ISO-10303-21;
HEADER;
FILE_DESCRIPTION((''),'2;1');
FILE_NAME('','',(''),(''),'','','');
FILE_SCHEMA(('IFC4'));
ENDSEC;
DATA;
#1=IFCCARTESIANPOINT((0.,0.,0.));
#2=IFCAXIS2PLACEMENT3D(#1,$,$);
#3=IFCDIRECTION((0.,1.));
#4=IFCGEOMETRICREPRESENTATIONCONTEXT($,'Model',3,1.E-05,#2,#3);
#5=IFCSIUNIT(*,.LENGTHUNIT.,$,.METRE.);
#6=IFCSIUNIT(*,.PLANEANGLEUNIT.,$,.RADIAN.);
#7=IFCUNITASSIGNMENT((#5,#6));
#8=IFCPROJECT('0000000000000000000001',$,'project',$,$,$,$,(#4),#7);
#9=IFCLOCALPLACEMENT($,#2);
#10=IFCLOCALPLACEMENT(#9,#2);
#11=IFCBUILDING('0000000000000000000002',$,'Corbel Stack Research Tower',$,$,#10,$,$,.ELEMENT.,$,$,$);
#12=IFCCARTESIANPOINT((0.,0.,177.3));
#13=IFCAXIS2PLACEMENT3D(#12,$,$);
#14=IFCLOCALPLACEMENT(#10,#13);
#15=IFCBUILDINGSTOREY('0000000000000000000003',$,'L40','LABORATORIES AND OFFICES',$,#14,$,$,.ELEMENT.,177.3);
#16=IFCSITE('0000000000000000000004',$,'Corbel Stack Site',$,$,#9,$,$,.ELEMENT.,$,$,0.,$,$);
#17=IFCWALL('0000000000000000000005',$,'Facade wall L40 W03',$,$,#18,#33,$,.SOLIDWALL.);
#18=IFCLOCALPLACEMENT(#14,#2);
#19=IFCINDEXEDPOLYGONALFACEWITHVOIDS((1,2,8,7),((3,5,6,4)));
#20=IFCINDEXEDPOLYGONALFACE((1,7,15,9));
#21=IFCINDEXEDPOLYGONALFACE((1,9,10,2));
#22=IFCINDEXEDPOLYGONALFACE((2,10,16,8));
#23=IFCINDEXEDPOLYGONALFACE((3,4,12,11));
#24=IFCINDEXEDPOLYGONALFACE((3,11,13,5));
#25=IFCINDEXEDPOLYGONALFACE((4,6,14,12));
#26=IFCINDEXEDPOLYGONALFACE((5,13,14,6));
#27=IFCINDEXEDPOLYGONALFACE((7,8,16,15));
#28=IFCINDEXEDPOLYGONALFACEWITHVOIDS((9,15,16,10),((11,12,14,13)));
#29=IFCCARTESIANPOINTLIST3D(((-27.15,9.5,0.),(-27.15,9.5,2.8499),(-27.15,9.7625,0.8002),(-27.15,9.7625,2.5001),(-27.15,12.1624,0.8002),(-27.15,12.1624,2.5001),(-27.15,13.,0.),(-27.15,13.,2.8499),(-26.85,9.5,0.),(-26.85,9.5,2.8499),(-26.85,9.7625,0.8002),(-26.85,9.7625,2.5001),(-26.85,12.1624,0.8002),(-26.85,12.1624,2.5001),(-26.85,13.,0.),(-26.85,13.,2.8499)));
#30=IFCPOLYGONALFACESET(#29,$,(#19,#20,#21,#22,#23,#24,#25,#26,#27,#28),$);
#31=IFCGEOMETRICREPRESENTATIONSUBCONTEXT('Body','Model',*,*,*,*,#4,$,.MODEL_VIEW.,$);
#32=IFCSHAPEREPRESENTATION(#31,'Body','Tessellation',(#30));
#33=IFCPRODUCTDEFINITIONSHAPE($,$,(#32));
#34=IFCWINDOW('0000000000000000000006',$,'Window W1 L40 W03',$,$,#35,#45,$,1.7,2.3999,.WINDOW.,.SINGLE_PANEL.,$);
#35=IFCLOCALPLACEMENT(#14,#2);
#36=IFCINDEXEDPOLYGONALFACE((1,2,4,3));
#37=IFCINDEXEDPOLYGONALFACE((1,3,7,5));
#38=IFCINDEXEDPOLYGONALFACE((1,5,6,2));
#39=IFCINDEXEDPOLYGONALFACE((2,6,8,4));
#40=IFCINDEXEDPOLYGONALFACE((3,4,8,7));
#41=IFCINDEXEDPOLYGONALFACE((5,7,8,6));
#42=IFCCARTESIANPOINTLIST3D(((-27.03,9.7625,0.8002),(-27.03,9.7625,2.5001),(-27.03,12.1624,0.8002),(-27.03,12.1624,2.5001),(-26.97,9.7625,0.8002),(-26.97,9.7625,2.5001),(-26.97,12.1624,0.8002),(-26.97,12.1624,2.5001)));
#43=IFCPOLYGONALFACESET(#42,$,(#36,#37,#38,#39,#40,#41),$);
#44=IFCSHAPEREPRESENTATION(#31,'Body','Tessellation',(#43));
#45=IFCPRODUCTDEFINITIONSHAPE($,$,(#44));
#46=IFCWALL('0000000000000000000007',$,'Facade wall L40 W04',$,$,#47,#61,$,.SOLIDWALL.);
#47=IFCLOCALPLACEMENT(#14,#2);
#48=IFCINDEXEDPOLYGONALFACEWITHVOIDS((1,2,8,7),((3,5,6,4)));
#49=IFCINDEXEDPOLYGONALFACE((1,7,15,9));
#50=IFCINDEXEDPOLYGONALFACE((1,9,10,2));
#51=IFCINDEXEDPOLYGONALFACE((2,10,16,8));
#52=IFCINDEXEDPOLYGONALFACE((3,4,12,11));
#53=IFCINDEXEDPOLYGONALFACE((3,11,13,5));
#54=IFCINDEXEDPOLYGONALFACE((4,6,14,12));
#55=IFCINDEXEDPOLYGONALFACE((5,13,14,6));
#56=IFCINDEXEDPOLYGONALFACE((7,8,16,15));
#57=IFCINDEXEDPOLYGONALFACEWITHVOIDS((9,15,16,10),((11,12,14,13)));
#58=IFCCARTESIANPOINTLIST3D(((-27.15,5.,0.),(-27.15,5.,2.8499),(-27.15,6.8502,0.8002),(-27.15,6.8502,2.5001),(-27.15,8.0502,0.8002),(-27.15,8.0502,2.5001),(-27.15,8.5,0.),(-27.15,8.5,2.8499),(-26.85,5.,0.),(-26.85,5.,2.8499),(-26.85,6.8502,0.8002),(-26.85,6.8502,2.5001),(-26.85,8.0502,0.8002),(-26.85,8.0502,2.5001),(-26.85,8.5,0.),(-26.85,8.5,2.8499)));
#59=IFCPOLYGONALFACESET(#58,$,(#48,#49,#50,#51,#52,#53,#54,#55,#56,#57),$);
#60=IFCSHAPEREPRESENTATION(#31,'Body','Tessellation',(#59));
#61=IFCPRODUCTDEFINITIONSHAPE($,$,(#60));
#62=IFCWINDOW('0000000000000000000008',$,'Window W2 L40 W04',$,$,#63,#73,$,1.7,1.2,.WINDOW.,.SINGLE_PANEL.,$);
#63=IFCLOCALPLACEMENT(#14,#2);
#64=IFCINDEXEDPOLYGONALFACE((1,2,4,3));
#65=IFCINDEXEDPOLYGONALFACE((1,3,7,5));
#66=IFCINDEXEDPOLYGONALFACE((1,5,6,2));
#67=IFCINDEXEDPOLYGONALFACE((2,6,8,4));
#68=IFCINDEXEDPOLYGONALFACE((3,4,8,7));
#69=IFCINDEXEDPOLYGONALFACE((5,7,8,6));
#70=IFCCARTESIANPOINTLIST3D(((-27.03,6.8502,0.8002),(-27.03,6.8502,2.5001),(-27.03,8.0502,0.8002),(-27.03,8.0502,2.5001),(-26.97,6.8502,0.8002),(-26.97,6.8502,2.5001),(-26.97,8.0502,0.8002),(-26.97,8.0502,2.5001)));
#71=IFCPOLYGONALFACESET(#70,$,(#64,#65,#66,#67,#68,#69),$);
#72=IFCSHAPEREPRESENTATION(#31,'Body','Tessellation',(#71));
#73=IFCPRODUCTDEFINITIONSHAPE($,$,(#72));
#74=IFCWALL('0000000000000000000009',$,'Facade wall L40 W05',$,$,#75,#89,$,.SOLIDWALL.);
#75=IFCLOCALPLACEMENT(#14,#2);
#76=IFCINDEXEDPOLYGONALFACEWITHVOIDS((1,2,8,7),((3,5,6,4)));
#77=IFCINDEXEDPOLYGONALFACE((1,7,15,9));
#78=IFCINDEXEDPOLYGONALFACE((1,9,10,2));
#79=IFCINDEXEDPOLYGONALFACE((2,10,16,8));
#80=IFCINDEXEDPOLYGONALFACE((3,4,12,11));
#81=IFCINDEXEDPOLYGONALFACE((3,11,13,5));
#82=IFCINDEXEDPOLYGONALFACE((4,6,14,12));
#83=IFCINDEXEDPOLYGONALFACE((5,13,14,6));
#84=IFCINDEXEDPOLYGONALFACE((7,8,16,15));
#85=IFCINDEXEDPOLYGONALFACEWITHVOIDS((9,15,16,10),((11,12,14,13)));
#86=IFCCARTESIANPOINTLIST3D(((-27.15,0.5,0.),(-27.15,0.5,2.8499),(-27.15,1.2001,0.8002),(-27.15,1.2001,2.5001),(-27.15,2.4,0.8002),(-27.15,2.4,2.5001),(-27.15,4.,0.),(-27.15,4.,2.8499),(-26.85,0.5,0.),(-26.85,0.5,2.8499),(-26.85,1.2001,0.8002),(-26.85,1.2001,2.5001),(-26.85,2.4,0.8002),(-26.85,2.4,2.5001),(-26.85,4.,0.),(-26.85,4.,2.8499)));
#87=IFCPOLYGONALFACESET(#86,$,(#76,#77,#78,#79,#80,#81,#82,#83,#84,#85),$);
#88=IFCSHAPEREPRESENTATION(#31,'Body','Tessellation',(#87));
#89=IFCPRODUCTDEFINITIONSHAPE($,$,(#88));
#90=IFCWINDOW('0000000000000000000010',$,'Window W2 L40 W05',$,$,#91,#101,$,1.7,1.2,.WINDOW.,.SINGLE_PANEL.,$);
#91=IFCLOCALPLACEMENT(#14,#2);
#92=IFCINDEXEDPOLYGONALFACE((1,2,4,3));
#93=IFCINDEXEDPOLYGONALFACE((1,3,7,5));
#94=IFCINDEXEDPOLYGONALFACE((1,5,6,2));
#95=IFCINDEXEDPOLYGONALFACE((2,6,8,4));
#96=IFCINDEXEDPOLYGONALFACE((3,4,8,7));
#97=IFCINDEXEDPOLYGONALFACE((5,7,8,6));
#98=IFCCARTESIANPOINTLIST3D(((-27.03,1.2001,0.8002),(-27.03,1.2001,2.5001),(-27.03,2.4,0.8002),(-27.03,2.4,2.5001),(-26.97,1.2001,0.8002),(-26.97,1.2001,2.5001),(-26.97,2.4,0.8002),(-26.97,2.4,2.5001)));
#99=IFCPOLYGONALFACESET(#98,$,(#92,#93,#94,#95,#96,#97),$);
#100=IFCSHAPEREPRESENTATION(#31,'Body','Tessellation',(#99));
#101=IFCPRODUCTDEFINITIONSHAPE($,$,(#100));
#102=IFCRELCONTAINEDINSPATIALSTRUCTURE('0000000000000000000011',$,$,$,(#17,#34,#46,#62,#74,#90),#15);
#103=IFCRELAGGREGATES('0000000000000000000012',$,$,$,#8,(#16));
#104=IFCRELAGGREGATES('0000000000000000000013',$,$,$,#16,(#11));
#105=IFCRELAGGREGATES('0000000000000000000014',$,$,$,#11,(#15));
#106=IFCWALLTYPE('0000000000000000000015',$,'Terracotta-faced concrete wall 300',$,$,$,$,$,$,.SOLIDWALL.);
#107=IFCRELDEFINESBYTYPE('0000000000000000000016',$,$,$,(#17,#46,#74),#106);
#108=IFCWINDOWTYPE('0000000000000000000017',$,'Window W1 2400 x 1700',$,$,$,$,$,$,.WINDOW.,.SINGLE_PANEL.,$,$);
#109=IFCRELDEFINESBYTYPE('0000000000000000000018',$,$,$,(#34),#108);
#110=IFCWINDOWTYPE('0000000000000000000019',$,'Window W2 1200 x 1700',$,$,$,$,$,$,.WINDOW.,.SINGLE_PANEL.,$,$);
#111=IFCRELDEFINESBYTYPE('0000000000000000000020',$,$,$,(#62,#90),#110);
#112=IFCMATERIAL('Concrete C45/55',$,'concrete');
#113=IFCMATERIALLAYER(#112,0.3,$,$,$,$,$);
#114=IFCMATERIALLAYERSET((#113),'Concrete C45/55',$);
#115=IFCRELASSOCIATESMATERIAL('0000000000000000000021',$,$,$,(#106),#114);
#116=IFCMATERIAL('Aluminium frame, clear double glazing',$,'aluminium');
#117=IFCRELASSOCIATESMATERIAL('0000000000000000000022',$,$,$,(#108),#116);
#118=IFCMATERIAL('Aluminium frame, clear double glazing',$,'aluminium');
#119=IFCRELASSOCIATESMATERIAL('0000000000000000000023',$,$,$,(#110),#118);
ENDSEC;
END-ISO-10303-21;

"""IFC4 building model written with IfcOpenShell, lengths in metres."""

from ifc_helpers import new_model, si_unit, direction, frame, frame_2d, origin, place, context, subcontext, project, spatial, rectangle, extrude, material, layer, layer_set, type_object, element, fill, save


model = new_model("IFC4")

# Units and contexts
model_context = context("Model", 3, precision=1e-05, world=origin(), true_north=direction((0.0, 1.0)))
body_context = subcontext(model_context, "Body", "Model", "MODEL_VIEW")
ifc_project = project(units=[si_unit("LENGTHUNIT", "METRE"), si_unit("PLANEANGLEUNIT", "RADIAN")], contexts=[model_context])

# Site, building, storey
site_placement = place(None, origin())
site = spatial("IfcSite", under=ifc_project, at=site_placement, Name="Corbel Stack Site", CompositionType="ELEMENT", RefElevation=0.0)
building_placement = place(site_placement, origin())
building = spatial("IfcBuilding", under=site, at=building_placement, Name="Corbel Stack Research Tower", CompositionType="ELEMENT")
storey_placement = place(building_placement, frame((0.0, 0.0, 177.3)))
storey = spatial("IfcBuildingStorey", under=building, at=storey_placement, Name="L40", Description="LABORATORIES AND OFFICES", CompositionType="ELEMENT", Elevation=177.3)

# Shared definitions
ifc_material_1 = material(Name="Concrete C45/55", Category="concrete")
ifc_layer_1 = layer(ifc_material_1, 0.3)
ifc_layer_set_1 = layer_set([ifc_layer_1], Name="Concrete C45/55")
wall_type_1 = type_object("IfcWallType", Name="Terracotta-faced concrete wall 300", PredefinedType="SOLIDWALL", material=ifc_layer_set_1)

# Walls, openings, windows
wall_1_placement = place(storey_placement, frame((-27.0, 9.5, 0.0), z_axis=(0.0, 0.0, 1.0), x_axis=(0.0, 1.0, 0.0)))
wall_1 = element("IfcWall", 1, at=wall_1_placement, inside=storey, type_object=wall_type_1, Name="Facade wall L40 W03", PredefinedType="SOLIDWALL", context=body_context, shape_type="SweptSolid", body=[
    extrude(rectangle(XDim=3.5, YDim=0.3, at=frame_2d((1.75, 0.0))), origin(), (0.0, 0.0, 1.0), 2.8499),
])
opening_1_placement = place(wall_1_placement, frame((0.2625, 0.0, 0.8)))
opening_1 = element("IfcOpeningElement", 2, at=opening_1_placement, cuts=wall_1, PredefinedType="OPENING", context=body_context, shape_type="SweptSolid", body=[
    extrude(rectangle(XDim=2.3999, YDim=1.7, at=frame_2d((1.2, 0.8501))), frame((0.0, 0.1599, 0.0), z_axis=(0.0, -1.0, 0.0), x_axis=(1.0, 0.0, 0.0)), (0.0, 0.0, 1.0), 0.3201),
])
ifc_material_2 = material(Name="Aluminium frame, clear double glazing", Category="aluminium")
window_type_1 = type_object("IfcWindowType", Name="Window W1 2400 x 1700", PartitioningType="SINGLE_PANEL", PredefinedType="WINDOW", material=ifc_material_2)
window_1_placement = place(opening_1_placement, origin())
window_1 = element("IfcWindow", 3, at=window_1_placement, inside=storey, type_object=window_type_1, Name="Window W1 L40 W03", OverallHeight=1.7, OverallWidth=2.3999, PartitioningType="SINGLE_PANEL", PredefinedType="WINDOW", context=body_context, shape_type="SweptSolid", body=[
    extrude(rectangle(XDim=2.3999, YDim=1.7, at=frame_2d((1.2, 0.8501))), frame((0.0, 0.03, 0.0), z_axis=(0.0, -1.0, 0.0), x_axis=(1.0, 0.0, 0.0)), (0.0, 0.0, 1.0), 0.0601),
])
fill(opening_1, window_1)
wall_2_placement = place(storey_placement, frame((-27.0, 5.0, 0.0), z_axis=(0.0, 0.0, 1.0), x_axis=(0.0, 1.0, 0.0)))
wall_2 = element("IfcWall", 4, at=wall_2_placement, inside=storey, type_object=wall_type_1, Name="Facade wall L40 W04", PredefinedType="SOLIDWALL", context=body_context, shape_type="SweptSolid", body=[
    extrude(rectangle(XDim=3.5, YDim=0.3, at=frame_2d((1.75, 0.0))), origin(), (0.0, 0.0, 1.0), 2.8499),
])
opening_2_placement = place(wall_2_placement, frame((1.8501, 0.0, 0.8)))
opening_2 = element("IfcOpeningElement", 5, at=opening_2_placement, cuts=wall_2, PredefinedType="OPENING", context=body_context, shape_type="SweptSolid", body=[
    extrude(rectangle(XDim=1.2, YDim=1.7, at=frame_2d((0.6001, 0.8501))), frame((0.0, 0.1599, 0.0), z_axis=(0.0, -1.0, 0.0), x_axis=(1.0, 0.0, 0.0)), (0.0, 0.0, 1.0), 0.3201),
])
ifc_material_3 = material(Name="Aluminium frame, clear double glazing", Category="aluminium")
window_type_2 = type_object("IfcWindowType", Name="Window W2 1200 x 1700", PartitioningType="SINGLE_PANEL", PredefinedType="WINDOW", material=ifc_material_3)
window_2_placement = place(opening_2_placement, origin())
window_2 = element("IfcWindow", 6, at=window_2_placement, inside=storey, type_object=window_type_2, Name="Window W2 L40 W04", OverallHeight=1.7, OverallWidth=1.2, PartitioningType="SINGLE_PANEL", PredefinedType="WINDOW", context=body_context, shape_type="SweptSolid", body=[
    extrude(rectangle(XDim=1.2, YDim=1.7, at=frame_2d((0.6001, 0.8501))), frame((0.0, 0.03, 0.0), z_axis=(0.0, -1.0, 0.0), x_axis=(1.0, 0.0, 0.0)), (0.0, 0.0, 1.0), 0.0601),
])
fill(opening_2, window_2)
wall_3_placement = place(storey_placement, frame((-27.0, 0.5, 0.0), z_axis=(0.0, 0.0, 1.0), x_axis=(0.0, 1.0, 0.0)))
wall_3 = element("IfcWall", 7, at=wall_3_placement, inside=storey, type_object=wall_type_1, Name="Facade wall L40 W05", PredefinedType="SOLIDWALL", context=body_context, shape_type="SweptSolid", body=[
    extrude(rectangle(XDim=3.5, YDim=0.3, at=frame_2d((1.75, 0.0))), origin(), (0.0, 0.0, 1.0), 2.8499),
])
opening_3_placement = place(wall_3_placement, frame((0.7, 0.0, 0.8)))
opening_3 = element("IfcOpeningElement", 8, at=opening_3_placement, cuts=wall_3, PredefinedType="OPENING", context=body_context, shape_type="SweptSolid", body=[
    extrude(rectangle(XDim=1.2, YDim=1.7, at=frame_2d((0.6001, 0.8501))), frame((0.0, 0.1599, 0.0), z_axis=(0.0, -1.0, 0.0), x_axis=(1.0, 0.0, 0.0)), (0.0, 0.0, 1.0), 0.3201),
])
window_3_placement = place(opening_3_placement, origin())
window_3 = element("IfcWindow", 9, at=window_3_placement, inside=storey, type_object=window_type_2, Name="Window W2 L40 W05", OverallHeight=1.7, OverallWidth=1.2, PartitioningType="SINGLE_PANEL", PredefinedType="WINDOW", context=body_context, shape_type="SweptSolid", body=[
    extrude(rectangle(XDim=1.2, YDim=1.7, at=frame_2d((0.6001, 0.8501))), frame((0.0, 0.03, 0.0), z_axis=(0.0, -1.0, 0.0), x_axis=(1.0, 0.0, 0.0)), (0.0, 0.0, 1.0), 0.0601),
])
fill(opening_3, window_3)

save(model, "model.ifc")
